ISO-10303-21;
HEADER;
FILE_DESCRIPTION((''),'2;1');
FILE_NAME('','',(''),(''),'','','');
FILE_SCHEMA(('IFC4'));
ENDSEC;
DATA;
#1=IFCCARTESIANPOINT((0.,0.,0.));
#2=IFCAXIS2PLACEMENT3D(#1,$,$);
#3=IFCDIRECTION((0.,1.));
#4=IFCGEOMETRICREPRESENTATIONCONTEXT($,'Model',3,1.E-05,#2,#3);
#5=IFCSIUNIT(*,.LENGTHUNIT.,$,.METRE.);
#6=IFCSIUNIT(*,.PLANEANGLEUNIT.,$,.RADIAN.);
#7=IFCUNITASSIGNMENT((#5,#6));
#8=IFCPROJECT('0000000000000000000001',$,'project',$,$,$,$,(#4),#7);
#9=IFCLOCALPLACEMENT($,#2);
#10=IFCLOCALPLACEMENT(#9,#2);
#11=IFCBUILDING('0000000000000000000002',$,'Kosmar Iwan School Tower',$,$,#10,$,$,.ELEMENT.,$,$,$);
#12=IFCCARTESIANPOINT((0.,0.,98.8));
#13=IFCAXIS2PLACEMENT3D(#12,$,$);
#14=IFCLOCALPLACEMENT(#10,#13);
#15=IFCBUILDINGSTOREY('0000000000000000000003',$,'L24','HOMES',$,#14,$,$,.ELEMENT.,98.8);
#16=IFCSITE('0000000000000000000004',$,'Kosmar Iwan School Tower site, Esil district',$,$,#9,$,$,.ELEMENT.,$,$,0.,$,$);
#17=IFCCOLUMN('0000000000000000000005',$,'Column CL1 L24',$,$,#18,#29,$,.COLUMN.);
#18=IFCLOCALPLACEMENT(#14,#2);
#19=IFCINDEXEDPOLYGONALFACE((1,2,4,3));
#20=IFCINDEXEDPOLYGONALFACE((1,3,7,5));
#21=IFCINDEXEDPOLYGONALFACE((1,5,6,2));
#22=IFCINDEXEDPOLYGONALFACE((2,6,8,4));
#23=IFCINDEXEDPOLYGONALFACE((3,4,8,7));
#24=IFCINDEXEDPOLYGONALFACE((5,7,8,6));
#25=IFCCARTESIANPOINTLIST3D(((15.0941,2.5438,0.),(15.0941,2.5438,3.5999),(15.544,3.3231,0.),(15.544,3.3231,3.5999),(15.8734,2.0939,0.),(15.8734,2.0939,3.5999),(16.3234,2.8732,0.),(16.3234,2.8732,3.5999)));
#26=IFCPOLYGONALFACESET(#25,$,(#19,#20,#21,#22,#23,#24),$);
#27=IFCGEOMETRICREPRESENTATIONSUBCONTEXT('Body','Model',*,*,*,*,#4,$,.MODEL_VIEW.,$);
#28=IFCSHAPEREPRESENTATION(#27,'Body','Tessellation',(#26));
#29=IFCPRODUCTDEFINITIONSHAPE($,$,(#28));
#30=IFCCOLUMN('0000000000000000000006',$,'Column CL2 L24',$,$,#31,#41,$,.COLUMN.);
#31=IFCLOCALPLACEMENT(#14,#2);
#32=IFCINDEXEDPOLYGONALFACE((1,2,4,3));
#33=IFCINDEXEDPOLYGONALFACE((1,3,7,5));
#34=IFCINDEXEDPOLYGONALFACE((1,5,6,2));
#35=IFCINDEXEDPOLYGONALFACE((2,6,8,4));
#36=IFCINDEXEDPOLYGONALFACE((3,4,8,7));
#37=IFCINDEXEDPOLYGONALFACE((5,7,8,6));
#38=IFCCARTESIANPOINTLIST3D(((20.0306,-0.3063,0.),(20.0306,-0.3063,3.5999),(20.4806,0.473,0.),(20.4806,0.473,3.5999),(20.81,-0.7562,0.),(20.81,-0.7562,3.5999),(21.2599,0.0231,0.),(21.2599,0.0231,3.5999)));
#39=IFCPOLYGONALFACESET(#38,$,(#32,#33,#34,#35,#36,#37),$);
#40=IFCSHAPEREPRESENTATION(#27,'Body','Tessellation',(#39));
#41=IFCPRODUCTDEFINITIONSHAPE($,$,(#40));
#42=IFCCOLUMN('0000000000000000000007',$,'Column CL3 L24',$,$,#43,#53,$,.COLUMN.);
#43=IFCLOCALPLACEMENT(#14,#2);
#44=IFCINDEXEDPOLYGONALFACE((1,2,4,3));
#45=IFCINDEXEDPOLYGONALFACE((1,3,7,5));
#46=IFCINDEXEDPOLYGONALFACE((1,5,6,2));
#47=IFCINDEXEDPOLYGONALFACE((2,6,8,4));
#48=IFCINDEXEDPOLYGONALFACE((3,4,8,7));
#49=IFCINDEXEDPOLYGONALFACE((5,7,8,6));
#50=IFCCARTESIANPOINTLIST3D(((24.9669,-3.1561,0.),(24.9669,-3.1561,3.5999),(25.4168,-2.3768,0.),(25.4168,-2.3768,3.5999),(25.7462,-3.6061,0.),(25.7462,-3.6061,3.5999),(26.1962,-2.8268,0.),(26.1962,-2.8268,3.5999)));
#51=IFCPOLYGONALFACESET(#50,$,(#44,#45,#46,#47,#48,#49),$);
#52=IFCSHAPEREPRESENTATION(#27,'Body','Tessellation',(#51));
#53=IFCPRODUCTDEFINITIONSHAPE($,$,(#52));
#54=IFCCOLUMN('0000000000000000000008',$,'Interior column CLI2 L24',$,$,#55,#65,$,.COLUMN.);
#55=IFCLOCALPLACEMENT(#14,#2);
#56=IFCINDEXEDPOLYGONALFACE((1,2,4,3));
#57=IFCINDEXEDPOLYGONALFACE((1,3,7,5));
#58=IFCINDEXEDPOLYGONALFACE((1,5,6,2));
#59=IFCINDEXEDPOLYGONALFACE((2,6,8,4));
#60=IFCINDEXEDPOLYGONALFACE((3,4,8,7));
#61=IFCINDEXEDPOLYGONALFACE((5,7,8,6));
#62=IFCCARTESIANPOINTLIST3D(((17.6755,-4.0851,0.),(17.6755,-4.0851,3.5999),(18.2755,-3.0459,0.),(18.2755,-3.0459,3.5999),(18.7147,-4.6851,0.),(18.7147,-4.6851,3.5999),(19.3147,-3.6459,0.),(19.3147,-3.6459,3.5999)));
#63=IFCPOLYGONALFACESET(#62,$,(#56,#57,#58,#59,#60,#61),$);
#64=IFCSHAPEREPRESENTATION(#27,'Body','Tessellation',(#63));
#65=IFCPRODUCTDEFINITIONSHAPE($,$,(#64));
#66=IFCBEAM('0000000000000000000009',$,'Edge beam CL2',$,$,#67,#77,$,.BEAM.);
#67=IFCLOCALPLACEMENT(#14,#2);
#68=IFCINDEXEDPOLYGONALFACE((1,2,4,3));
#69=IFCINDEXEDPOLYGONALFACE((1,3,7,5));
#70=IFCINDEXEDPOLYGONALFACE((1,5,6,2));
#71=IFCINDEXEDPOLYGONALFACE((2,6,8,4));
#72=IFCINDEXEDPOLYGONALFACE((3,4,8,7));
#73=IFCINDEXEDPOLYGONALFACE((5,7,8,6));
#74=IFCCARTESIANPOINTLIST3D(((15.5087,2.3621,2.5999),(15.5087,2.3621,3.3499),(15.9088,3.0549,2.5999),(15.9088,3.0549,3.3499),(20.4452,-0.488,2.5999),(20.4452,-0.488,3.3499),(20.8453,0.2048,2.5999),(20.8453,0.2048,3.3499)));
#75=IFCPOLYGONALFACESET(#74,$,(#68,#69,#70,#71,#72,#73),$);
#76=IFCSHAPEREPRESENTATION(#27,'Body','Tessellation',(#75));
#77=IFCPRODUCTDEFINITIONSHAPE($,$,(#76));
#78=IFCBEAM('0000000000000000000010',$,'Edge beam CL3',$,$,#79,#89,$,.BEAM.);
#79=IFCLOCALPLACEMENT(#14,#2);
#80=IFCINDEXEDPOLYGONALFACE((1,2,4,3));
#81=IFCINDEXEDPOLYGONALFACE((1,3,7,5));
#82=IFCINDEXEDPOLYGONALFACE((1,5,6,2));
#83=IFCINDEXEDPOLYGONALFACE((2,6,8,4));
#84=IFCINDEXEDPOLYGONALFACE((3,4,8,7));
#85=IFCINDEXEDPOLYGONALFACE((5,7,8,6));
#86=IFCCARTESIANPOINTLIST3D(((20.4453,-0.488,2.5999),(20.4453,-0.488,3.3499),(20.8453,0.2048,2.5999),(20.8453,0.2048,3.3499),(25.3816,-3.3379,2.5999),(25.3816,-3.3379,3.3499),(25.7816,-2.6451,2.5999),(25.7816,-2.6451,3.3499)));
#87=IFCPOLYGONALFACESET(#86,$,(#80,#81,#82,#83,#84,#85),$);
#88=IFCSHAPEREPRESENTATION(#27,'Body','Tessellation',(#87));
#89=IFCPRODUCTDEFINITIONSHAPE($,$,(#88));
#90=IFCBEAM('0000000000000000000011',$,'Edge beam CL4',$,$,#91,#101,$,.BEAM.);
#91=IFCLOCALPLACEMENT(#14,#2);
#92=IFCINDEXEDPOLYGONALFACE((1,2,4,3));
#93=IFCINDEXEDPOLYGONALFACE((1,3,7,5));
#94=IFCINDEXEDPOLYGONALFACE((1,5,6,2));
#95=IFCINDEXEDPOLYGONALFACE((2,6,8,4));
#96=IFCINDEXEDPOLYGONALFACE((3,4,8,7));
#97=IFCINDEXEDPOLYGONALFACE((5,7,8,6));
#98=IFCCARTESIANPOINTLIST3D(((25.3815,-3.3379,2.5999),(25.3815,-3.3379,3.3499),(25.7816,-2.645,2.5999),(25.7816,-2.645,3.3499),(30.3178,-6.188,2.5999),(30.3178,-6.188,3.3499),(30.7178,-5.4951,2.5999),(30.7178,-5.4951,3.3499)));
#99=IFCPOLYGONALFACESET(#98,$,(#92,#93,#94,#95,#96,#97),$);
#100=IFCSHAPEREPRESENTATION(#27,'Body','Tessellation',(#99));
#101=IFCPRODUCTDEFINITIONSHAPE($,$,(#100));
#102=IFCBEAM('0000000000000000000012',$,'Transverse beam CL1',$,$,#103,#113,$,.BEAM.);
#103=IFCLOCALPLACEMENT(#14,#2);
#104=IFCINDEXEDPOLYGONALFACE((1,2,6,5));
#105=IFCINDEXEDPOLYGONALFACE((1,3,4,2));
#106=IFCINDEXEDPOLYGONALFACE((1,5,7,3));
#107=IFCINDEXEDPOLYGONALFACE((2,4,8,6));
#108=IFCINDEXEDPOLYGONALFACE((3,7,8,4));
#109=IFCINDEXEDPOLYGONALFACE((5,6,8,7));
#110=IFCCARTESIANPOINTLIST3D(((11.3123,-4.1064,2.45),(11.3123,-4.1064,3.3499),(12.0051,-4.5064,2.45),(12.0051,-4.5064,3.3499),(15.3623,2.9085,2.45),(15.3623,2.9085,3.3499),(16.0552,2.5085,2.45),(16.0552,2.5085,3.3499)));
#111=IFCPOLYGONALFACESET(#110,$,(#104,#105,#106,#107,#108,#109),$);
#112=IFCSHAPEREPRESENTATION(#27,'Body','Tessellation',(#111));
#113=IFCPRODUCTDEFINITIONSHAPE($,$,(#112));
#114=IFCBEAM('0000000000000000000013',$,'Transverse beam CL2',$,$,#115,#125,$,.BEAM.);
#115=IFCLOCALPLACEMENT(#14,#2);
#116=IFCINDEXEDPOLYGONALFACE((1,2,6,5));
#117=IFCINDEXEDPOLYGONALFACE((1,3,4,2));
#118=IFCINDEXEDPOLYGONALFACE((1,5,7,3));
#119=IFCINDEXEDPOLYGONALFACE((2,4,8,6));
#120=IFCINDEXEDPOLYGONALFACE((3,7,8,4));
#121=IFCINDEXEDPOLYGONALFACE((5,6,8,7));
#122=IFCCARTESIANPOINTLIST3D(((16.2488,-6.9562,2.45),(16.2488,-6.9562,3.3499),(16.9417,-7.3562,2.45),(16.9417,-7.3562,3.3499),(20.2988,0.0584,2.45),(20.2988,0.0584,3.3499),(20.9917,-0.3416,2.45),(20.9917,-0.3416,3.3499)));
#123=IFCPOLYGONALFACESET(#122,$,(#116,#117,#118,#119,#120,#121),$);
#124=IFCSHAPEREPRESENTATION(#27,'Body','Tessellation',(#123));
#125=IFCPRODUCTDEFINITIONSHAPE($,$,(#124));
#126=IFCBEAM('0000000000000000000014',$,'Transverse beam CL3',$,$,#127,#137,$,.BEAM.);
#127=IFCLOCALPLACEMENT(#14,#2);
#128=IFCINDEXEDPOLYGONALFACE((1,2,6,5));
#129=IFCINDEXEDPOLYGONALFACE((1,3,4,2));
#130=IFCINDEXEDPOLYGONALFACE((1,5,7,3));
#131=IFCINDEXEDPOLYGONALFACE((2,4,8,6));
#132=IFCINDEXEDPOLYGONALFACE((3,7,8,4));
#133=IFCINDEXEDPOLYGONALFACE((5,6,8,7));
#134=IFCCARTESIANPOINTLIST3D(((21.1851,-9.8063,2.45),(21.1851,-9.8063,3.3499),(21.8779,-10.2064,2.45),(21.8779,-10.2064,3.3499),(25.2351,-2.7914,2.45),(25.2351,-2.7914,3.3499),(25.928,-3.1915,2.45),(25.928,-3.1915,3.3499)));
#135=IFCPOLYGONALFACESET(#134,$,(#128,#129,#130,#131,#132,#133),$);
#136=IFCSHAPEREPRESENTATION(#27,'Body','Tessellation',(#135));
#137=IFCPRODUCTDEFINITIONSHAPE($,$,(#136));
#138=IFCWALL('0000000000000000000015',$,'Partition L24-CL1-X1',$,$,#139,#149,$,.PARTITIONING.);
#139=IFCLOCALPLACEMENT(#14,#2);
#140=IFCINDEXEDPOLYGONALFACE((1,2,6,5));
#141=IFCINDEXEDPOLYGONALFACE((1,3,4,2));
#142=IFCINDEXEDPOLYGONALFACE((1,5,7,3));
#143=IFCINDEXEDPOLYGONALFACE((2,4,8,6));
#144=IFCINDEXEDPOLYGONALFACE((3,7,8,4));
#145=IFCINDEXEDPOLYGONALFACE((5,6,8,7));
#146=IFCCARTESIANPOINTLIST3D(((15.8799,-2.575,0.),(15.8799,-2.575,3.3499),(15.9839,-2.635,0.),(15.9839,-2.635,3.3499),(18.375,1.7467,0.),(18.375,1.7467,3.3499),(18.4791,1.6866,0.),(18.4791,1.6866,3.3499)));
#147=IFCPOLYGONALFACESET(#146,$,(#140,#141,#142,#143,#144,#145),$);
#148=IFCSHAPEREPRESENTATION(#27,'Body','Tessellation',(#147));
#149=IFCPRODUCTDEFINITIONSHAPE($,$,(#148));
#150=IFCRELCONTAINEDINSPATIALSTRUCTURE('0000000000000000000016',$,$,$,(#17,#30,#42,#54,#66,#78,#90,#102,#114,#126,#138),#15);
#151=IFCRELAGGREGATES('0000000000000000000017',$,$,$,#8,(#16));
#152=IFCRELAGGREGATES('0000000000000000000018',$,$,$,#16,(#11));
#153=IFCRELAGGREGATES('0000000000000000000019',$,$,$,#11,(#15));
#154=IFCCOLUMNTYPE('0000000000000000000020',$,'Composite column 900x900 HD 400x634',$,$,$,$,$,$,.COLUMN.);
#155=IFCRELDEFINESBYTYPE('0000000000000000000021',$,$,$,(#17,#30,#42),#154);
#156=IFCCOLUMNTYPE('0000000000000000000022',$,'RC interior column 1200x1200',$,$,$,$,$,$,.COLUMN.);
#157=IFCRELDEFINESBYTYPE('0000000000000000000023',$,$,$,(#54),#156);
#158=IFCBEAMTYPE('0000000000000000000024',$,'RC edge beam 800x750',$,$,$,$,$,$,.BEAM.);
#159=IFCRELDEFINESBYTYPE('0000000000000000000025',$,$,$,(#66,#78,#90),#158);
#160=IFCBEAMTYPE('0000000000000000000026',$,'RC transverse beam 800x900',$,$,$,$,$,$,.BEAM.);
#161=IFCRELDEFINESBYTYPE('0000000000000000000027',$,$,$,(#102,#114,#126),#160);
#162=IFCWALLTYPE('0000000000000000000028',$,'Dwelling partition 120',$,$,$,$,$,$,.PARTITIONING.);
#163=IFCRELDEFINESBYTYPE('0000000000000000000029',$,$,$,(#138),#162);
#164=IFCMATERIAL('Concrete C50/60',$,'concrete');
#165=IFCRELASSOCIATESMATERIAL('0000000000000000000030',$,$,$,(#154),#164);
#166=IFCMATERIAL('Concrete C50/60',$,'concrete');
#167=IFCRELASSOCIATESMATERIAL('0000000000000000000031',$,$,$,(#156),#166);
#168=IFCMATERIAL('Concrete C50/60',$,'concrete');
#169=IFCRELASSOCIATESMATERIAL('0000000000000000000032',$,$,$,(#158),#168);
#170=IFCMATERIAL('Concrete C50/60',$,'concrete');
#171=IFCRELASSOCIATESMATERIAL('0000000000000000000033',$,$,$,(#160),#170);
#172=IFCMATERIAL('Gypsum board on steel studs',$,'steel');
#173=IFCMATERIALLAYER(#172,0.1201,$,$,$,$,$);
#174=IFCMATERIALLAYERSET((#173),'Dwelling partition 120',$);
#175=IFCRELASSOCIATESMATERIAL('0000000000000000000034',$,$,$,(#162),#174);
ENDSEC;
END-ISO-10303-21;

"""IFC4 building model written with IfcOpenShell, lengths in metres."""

from ifc_helpers import new_model, si_unit, direction, frame, frame_2d, origin, origin_2d, place, context, subcontext, project, spatial, rectangle, extrude, material, layer, layer_set, material_profile, profile_set, type_object, element, save


model = new_model("IFC4")

# Units and contexts
model_context = context("Model", 3, precision=1e-05, world=origin(), true_north=direction((0.0, 1.0)))
body_context = subcontext(model_context, "Body", "Model", "MODEL_VIEW")
ifc_project = project(units=[si_unit("LENGTHUNIT", "METRE"), si_unit("PLANEANGLEUNIT", "RADIAN")], contexts=[model_context])

# Site, building, storey
site_placement = place(None, origin())
site = spatial("IfcSite", under=ifc_project, at=site_placement, Name="Kosmar Iwan School Tower site, Esil district", CompositionType="ELEMENT", RefElevation=0.0)
building_placement = place(site_placement, origin())
building = spatial("IfcBuilding", under=site, at=building_placement, Name="Kosmar Iwan School Tower", CompositionType="ELEMENT")
storey_placement = place(building_placement, frame((0.0, 0.0, 98.8)))
storey = spatial("IfcBuildingStorey", under=building, at=storey_placement, Name="L24", Description="HOMES", CompositionType="ELEMENT", Elevation=98.8)

# Columns
ifc_material_1 = material(Name="Concrete C50/60", Category="concrete")
ifc_material_profile_1 = material_profile(ifc_material_1, rectangle(XDim=0.8999, YDim=0.8999, at=origin_2d()), Name="RC 900x900 + HD 400x634")
ifc_profile_set_1 = profile_set([ifc_material_profile_1], Name="Concrete C50/60")
column_type_1 = type_object("IfcColumnType", Name="Composite column 900x900 HD 400x634", PredefinedType="COLUMN", material=ifc_profile_set_1)
for number, where, z_axis, x_axis, name in (
    (1, (15.7087, 2.7085, 0.0), (0.0, 0.0, 1.0), (0.866025, -0.5, 0.0), "Column CL1 L24"),
    (2, (20.6453, -0.1416, 0.0), (0.0, 0.0, 1.0), (0.866025, -0.5, 0.0), "Column CL2 L24"),
    (3, (25.5815, -2.9915, 0.0), (0.0, 0.0, 1.0), (0.866025, -0.5, 0.0), "Column CL3 L24"),
):
    element("IfcColumn", number, at=place(storey_placement, frame(where, z_axis=z_axis, x_axis=x_axis)), inside=storey, type_object=column_type_1, Name=name, PredefinedType="COLUMN", context=body_context, shape_type="SweptSolid", body=[
        extrude(rectangle(XDim=0.8999, YDim=0.8999, at=origin_2d()), origin(), (0.0, 0.0, 1.0), 3.5999),
    ])
ifc_material_2 = material(Name="Concrete C50/60", Category="concrete")
ifc_material_profile_2 = material_profile(ifc_material_2, rectangle(XDim=1.2, YDim=1.2, at=origin_2d()), Name="RC 1200x1200")
ifc_profile_set_2 = profile_set([ifc_material_profile_2], Name="Concrete C50/60")
column_type_2 = type_object("IfcColumnType", Name="RC interior column 1200x1200", PredefinedType="COLUMN", material=ifc_profile_set_2)
column_placement = place(storey_placement, frame((18.4951, -3.8655, 0.0), z_axis=(0.0, 0.0, 1.0), x_axis=(0.866025, -0.5, 0.0)))
element("IfcColumn", 4, at=column_placement, inside=storey, type_object=column_type_2, Name="Interior column CLI2 L24", PredefinedType="COLUMN", context=body_context, shape_type="SweptSolid", body=[
    extrude(rectangle(XDim=1.2, YDim=1.2, at=origin_2d()), origin(), (0.0, 0.0, 1.0), 3.5999),
])

# Beams
ifc_material_3 = material(Name="Concrete C50/60", Category="concrete")
ifc_material_profile_3 = material_profile(ifc_material_3, rectangle(XDim=0.8, YDim=0.75, at=origin_2d()), Name="RC 800x750")
ifc_profile_set_3 = profile_set([ifc_material_profile_3], Name="Concrete C50/60")
beam_type_1 = type_object("IfcBeamType", Name="RC edge beam 800x750", PredefinedType="BEAM", material=ifc_profile_set_3)
beam_1_placement = place(storey_placement, frame((15.7087, 2.7085, 2.9749), z_axis=(0.866026, -0.499999, 0.0), x_axis=(0.499999, 0.866026, 0.0)))
element("IfcBeam", 5, at=beam_1_placement, inside=storey, type_object=beam_type_1, Name="Edge beam CL2", PredefinedType="BEAM", context=body_context, shape_type="SweptSolid", body=[
    extrude(rectangle(XDim=0.8, YDim=0.75, at=origin_2d()), origin(), (0.0, 0.0, 1.0), 5.7002),
])
for number, where, z_axis, x_axis, name in (
    (6, (20.6453, -0.1416, 2.9749), (0.866034, -0.499986, 0.0), (0.499986, 0.866034, 0.0), "Edge beam CL3"),
    (7, (25.5815, -2.9915, 2.9749), (0.866015, -0.500018, 0.0), (0.500018, 0.866015, 0.0), "Edge beam CL4"),
):
    element("IfcBeam", number, at=place(storey_placement, frame(where, z_axis=z_axis, x_axis=x_axis)), inside=storey, type_object=beam_type_1, Name=name, PredefinedType="BEAM", context=body_context, shape_type="SweptSolid", body=[
        extrude(rectangle(XDim=0.8, YDim=0.75, at=origin_2d()), origin(), (0.0, 0.0, 1.0), 5.7),
    ])
ifc_material_4 = material(Name="Concrete C50/60", Category="concrete")
ifc_material_profile_4 = material_profile(ifc_material_4, rectangle(XDim=0.8, YDim=0.8999, at=origin_2d()), Name="RC 800x900")
ifc_profile_set_4 = profile_set([ifc_material_profile_4], Name="Concrete C50/60")
beam_type_2 = type_object("IfcBeamType", Name="RC transverse beam 800x900", PredefinedType="BEAM", material=ifc_profile_set_4)
beam_2_placement = place(storey_placement, frame((15.7087, 2.7085, 2.8999), z_axis=(-0.5, -0.866025, 0.0), x_axis=(0.866025, -0.5, 0.0)))
element("IfcBeam", 8, at=beam_2_placement, inside=storey, type_object=beam_type_2, Name="Transverse beam CL1", PredefinedType="BEAM", context=body_context, shape_type="SweptSolid", body=[
    extrude(rectangle(XDim=0.8, YDim=0.8999, at=origin_2d()), origin(), (0.0, 0.0, 1.0), 8.1001),
])
beam_3_placement = place(storey_placement, frame((20.6453, -0.1416, 2.8999), z_axis=(-0.500013, -0.866018, 0.0), x_axis=(0.866018, -0.500013, 0.0)))
element("IfcBeam", 9, at=beam_3_placement, inside=storey, type_object=beam_type_2, Name="Transverse beam CL2", PredefinedType="BEAM", context=body_context, shape_type="SweptSolid", body=[
    extrude(rectangle(XDim=0.8, YDim=0.8999, at=origin_2d()), origin(), (0.0, 0.0, 1.0), 8.0999),
])
beam_4_placement = place(storey_placement, frame((25.5815, -2.9915, 2.8999), z_axis=(-0.5, -0.866025, 0.0), x_axis=(0.866025, -0.5, 0.0)))
element("IfcBeam", 10, at=beam_4_placement, inside=storey, type_object=beam_type_2, Name="Transverse beam CL3", PredefinedType="BEAM", context=body_context, shape_type="SweptSolid", body=[
    extrude(rectangle(XDim=0.8, YDim=0.8999, at=origin_2d()), origin(), (0.0, 0.0, 1.0), 8.1001),
])

# Wall
ifc_material_5 = material(Name="Gypsum board on steel studs", Category="steel")
ifc_layer_1 = layer(ifc_material_5, 0.1201)
ifc_layer_set_1 = layer_set([ifc_layer_1], Name="Dwelling partition 120")
wall_type_1 = type_object("IfcWallType", Name="Dwelling partition 120", PredefinedType="PARTITIONING", material=ifc_layer_set_1)
wall_1_placement = place(storey_placement, frame((15.9319, -2.605, 0.0), z_axis=(0.0, 0.0, 1.0), x_axis=(0.500012, 0.866019, 0.0)))
element("IfcWall", 11, at=wall_1_placement, inside=storey, type_object=wall_type_1, Name="Partition L24-CL1-X1", PredefinedType="PARTITIONING", context=body_context, shape_type="SweptSolid", body=[
    extrude(rectangle(XDim=4.9902, YDim=0.1201, at=frame_2d((2.4951, 0.0))), origin(), (0.0, 0.0, 1.0), 3.3499),
])

save(model, "model.ifc")
